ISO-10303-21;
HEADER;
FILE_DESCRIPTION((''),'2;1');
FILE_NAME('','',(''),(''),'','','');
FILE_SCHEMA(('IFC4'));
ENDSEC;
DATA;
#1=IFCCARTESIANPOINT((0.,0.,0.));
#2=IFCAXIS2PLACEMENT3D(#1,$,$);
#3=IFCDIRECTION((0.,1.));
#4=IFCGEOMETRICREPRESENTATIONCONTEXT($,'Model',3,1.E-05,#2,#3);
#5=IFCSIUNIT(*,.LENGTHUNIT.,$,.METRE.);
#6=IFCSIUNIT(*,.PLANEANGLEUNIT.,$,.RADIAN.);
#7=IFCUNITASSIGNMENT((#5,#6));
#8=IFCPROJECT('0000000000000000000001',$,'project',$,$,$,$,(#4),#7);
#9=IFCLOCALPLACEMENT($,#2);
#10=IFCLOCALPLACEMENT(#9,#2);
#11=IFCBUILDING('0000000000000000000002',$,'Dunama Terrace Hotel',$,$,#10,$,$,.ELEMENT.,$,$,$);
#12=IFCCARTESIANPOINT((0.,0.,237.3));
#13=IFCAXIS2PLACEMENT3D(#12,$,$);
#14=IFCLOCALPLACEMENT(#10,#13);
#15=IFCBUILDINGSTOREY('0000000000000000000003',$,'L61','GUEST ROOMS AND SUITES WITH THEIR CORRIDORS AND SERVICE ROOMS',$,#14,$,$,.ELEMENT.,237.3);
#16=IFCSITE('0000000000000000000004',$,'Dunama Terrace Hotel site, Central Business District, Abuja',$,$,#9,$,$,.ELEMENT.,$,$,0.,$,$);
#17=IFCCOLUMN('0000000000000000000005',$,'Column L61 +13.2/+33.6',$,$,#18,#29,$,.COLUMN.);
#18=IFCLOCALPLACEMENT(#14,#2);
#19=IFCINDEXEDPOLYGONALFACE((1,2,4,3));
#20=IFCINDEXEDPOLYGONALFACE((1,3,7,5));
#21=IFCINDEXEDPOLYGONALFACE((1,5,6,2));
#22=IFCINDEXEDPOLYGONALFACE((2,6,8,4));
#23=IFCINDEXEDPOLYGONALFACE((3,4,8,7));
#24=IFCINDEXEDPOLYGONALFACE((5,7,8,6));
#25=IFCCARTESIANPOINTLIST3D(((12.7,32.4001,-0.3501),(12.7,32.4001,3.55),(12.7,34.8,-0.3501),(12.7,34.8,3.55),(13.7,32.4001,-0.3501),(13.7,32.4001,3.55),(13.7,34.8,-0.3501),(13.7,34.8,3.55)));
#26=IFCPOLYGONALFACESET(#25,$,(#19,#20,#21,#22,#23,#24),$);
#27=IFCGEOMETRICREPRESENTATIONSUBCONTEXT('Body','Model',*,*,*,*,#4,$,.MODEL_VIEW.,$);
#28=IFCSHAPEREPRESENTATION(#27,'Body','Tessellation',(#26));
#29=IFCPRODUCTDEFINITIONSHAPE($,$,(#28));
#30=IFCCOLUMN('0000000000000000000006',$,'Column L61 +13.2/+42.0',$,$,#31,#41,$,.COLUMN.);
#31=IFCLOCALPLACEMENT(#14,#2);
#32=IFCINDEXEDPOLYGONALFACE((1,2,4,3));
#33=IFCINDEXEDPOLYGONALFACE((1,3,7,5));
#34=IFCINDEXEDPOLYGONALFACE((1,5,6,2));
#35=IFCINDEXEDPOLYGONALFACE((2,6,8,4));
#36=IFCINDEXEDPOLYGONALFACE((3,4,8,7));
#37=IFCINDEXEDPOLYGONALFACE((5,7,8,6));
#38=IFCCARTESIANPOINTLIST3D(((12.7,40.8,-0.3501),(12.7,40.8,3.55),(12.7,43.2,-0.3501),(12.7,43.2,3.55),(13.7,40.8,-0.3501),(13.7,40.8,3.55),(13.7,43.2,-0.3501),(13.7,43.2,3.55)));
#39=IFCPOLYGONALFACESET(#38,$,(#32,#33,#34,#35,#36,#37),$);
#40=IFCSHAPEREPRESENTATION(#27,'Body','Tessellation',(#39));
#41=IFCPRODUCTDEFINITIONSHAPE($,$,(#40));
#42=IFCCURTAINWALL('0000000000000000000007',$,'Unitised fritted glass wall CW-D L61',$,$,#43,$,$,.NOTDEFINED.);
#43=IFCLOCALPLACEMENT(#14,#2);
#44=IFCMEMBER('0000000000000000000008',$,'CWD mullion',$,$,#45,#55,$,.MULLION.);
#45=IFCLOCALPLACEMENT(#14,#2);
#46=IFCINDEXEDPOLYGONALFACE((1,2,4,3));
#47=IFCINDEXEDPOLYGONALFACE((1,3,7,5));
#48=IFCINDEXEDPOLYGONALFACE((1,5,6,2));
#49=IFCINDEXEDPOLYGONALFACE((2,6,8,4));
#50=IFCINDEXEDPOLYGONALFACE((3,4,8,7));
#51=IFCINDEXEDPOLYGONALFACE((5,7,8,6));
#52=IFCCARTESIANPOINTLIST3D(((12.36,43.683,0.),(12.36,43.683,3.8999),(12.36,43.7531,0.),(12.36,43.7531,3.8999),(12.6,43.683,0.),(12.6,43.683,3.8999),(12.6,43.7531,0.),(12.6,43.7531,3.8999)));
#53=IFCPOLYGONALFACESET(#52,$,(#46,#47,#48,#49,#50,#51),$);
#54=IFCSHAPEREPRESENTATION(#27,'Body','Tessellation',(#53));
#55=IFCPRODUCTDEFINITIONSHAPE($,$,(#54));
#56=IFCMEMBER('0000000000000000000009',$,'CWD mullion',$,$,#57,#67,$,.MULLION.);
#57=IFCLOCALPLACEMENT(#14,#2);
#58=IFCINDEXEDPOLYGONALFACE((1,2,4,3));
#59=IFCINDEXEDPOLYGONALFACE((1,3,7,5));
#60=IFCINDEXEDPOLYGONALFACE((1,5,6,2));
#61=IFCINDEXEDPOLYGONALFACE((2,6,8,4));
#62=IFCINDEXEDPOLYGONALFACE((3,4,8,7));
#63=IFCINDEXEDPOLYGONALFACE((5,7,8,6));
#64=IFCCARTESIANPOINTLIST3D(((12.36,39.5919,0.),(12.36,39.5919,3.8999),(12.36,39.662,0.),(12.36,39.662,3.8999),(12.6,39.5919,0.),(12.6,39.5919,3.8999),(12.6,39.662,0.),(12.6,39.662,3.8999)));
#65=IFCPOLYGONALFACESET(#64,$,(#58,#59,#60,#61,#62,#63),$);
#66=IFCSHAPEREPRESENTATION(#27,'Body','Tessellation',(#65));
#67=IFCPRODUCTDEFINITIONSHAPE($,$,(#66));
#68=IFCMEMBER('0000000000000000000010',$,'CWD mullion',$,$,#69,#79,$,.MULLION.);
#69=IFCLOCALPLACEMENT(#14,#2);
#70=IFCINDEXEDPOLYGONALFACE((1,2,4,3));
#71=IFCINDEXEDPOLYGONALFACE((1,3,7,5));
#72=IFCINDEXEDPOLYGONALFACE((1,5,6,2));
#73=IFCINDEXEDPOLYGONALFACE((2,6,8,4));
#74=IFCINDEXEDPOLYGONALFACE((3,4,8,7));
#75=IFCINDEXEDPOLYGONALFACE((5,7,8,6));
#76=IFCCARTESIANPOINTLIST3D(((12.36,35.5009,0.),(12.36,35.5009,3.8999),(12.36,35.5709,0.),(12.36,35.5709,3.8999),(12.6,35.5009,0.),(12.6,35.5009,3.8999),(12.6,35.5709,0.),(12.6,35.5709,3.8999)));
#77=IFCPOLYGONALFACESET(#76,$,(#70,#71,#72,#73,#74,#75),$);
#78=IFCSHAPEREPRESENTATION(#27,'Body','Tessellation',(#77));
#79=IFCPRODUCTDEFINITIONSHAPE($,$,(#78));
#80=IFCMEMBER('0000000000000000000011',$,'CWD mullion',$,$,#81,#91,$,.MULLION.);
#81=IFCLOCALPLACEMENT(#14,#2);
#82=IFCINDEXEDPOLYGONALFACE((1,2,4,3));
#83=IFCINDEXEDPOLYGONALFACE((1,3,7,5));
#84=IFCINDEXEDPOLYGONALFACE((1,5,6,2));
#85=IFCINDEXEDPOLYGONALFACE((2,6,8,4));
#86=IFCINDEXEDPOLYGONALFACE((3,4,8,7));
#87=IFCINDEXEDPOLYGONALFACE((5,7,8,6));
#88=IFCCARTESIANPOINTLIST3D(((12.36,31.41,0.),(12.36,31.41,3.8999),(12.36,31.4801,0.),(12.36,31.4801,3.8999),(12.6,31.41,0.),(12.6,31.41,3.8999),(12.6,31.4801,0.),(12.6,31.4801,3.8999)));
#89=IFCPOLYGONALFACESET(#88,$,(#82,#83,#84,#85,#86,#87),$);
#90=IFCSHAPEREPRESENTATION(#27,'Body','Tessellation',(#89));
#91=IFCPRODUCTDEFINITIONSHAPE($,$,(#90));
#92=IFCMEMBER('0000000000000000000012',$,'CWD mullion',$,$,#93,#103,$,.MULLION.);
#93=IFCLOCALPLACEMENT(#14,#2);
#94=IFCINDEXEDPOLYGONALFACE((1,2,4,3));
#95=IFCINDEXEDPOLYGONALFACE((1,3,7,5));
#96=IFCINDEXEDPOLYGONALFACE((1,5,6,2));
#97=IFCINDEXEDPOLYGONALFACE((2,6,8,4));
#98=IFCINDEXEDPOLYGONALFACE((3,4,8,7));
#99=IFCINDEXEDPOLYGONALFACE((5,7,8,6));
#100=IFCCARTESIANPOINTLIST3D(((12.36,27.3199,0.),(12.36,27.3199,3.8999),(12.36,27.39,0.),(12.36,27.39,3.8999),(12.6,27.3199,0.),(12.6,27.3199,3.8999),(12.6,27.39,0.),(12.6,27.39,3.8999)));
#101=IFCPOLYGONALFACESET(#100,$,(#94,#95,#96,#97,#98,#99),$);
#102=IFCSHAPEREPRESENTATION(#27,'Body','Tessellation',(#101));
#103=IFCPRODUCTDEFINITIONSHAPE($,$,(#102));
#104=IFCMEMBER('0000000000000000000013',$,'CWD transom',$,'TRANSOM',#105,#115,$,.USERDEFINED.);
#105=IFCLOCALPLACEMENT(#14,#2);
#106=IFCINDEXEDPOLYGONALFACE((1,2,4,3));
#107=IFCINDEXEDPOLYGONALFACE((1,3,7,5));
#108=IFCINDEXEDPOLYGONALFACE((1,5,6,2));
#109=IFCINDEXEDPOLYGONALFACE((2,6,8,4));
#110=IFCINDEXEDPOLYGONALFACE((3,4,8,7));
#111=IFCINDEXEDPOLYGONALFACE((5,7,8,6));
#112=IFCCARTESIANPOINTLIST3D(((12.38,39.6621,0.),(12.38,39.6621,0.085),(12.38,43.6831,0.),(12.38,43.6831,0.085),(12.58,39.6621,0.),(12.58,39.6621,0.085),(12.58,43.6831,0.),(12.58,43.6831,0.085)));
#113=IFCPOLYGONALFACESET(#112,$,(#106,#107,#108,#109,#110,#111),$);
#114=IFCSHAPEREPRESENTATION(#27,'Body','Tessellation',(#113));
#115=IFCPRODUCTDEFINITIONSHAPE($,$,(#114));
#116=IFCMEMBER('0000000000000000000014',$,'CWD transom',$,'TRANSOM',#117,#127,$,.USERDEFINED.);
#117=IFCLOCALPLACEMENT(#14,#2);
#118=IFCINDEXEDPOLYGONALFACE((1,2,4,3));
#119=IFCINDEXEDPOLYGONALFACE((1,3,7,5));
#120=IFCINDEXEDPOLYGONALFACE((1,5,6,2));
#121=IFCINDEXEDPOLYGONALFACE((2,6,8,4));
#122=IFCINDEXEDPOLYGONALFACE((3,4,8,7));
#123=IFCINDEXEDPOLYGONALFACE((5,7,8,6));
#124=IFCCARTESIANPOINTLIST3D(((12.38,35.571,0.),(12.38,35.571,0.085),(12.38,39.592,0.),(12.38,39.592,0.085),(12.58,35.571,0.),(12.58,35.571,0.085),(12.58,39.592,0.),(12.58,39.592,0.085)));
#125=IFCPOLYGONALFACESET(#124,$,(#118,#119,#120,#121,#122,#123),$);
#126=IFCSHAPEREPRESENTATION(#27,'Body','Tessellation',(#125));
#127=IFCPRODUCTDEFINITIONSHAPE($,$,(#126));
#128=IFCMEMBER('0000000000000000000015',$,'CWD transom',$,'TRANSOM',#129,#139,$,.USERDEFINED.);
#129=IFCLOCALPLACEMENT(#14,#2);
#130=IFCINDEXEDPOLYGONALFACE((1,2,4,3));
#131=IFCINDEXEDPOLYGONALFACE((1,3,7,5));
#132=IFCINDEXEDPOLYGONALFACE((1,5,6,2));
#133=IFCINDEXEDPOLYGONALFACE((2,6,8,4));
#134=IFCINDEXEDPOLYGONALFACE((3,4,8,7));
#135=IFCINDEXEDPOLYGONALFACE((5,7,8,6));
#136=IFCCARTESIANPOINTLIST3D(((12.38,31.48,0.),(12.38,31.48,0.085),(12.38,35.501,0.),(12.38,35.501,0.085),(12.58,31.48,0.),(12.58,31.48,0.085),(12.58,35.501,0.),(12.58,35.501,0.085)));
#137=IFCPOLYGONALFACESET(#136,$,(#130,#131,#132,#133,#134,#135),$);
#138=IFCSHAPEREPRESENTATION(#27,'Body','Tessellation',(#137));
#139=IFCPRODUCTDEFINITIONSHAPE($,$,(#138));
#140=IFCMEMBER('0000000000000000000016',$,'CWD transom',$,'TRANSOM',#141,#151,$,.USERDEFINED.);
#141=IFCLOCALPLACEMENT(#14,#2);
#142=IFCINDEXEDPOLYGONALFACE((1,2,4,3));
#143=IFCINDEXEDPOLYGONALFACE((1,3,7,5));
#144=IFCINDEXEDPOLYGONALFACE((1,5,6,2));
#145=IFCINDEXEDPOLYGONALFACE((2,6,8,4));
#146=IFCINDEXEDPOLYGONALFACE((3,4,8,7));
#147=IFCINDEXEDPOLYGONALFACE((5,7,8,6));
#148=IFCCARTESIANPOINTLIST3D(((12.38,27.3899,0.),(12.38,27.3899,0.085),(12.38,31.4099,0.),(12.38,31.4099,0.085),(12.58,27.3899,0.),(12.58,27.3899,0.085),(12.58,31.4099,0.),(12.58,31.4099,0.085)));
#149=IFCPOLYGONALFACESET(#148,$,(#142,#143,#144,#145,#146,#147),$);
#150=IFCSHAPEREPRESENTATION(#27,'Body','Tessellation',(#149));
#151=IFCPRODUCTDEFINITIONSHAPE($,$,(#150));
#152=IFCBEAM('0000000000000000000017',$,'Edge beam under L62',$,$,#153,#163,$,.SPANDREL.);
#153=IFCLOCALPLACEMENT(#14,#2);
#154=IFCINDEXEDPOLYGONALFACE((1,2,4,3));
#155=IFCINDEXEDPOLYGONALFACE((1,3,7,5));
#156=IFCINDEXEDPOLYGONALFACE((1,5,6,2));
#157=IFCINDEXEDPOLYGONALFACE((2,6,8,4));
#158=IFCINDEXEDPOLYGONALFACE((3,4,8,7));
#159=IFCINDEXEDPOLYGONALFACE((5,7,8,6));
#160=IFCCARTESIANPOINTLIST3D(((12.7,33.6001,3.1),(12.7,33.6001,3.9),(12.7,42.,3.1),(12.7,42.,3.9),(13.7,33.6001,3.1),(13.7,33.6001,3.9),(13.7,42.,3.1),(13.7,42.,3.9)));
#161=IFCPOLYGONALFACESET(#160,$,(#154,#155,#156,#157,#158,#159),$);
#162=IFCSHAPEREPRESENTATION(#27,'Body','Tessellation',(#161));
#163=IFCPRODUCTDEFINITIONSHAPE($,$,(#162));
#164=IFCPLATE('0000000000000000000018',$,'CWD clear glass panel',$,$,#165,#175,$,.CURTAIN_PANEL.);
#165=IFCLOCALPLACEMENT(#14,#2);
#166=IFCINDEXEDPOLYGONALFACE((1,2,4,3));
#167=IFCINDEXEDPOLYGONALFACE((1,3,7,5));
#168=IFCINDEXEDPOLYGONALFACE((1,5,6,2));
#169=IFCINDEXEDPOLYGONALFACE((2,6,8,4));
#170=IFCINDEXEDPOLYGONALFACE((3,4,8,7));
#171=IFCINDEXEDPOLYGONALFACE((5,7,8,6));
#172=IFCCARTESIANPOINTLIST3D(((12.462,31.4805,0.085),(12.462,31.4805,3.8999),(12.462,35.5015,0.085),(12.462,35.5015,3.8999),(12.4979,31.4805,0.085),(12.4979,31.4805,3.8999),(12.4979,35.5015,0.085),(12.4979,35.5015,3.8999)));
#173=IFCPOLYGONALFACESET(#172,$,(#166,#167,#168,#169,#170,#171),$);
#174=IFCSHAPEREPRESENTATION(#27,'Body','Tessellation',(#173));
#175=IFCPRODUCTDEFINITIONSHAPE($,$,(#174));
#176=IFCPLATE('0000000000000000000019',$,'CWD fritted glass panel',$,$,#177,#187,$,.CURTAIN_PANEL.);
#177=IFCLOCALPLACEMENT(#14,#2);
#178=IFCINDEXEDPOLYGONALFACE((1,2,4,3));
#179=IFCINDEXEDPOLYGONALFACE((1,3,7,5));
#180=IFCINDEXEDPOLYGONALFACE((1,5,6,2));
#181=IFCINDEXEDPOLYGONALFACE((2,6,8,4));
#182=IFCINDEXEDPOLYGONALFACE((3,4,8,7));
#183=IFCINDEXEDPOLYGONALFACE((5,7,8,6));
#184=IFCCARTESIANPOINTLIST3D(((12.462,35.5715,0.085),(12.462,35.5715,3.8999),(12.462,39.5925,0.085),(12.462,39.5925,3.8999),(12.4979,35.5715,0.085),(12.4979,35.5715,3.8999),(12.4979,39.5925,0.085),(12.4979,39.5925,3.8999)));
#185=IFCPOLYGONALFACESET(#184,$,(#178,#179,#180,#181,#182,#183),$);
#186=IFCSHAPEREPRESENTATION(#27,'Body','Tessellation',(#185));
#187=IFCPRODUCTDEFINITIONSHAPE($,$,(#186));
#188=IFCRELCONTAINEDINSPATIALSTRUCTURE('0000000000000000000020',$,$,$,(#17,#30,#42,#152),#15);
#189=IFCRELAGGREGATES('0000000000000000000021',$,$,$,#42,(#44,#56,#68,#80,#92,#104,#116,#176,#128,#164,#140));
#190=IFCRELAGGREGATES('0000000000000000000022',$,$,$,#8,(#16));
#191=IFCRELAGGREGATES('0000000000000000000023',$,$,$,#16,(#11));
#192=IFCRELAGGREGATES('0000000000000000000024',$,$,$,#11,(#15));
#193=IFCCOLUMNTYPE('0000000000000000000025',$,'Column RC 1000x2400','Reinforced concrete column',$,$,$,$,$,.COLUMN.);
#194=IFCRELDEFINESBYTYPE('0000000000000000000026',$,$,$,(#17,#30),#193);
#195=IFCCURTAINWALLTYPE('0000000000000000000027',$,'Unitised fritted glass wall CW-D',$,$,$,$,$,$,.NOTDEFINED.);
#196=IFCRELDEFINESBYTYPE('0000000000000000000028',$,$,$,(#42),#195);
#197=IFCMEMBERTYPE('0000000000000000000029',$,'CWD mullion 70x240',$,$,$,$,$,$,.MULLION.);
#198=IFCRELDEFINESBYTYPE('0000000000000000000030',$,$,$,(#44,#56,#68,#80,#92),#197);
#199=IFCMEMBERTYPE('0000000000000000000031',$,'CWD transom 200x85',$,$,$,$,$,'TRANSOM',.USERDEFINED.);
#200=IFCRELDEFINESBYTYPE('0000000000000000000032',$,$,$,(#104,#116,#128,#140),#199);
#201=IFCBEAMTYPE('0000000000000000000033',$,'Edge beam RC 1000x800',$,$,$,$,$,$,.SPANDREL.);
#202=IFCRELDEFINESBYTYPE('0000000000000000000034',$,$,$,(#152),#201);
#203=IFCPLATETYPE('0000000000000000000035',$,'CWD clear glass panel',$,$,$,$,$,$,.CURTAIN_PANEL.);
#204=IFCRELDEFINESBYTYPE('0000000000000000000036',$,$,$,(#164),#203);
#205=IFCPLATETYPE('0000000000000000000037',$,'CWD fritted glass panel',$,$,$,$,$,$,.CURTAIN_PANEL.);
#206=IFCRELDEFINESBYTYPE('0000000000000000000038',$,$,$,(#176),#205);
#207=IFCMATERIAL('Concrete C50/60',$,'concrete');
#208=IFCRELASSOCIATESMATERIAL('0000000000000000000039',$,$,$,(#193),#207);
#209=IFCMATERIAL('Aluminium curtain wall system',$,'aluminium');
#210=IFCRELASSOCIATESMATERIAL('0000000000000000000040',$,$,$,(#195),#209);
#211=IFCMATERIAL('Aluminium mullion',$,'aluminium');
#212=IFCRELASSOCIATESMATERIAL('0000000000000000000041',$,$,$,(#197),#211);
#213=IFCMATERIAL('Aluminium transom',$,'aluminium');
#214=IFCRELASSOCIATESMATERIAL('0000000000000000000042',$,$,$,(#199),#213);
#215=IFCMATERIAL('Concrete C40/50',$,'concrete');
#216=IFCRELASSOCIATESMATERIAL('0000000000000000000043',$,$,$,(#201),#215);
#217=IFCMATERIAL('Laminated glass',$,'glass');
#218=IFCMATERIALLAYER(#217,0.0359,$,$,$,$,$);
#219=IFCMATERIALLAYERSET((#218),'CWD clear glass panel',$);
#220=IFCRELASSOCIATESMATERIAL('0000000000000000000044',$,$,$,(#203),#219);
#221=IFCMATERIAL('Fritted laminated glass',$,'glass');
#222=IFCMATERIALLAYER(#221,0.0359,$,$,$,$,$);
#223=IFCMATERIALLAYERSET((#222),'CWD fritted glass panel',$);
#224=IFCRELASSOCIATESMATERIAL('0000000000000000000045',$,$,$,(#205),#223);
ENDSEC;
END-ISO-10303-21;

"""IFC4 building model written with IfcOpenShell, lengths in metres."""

from ifc_helpers import new_model, si_unit, direction, frame, origin, origin_2d, place, context, subcontext, project, spatial, rectangle, extrude, material, layer, layer_set, material_profile, profile_set, type_object, element, aggregate, save


model = new_model("IFC4")

# Units and contexts
model_context = context("Model", 3, precision=1e-05, world=origin(), true_north=direction((0.0, 1.0)))
body_context = subcontext(model_context, "Body", "Model", "MODEL_VIEW")
ifc_project = project(units=[si_unit("LENGTHUNIT", "METRE"), si_unit("PLANEANGLEUNIT", "RADIAN")], contexts=[model_context])

# Site, building, storey
site_placement = place(None, origin())
site = spatial("IfcSite", under=ifc_project, at=site_placement, Name="Dunama Terrace Hotel site, Central Business District, Abuja", CompositionType="ELEMENT", RefElevation=0.0)
building_placement = place(site_placement, origin())
building = spatial("IfcBuilding", under=site, at=building_placement, Name="Dunama Terrace Hotel", CompositionType="ELEMENT")
storey_placement = place(building_placement, frame((0.0, 0.0, 237.3)))
storey = spatial("IfcBuildingStorey", under=building, at=storey_placement, Name="L61", Description="GUEST ROOMS AND SUITES WITH THEIR CORRIDORS AND SERVICE ROOMS", CompositionType="ELEMENT", Elevation=237.3)

# Columns
ifc_material_1 = material(Name="Concrete C50/60", Category="concrete")
ifc_material_profile_1 = material_profile(ifc_material_1, rectangle(XDim=1.0, YDim=2.3999, at=origin_2d()), Name="RC 1000x2400")
ifc_profile_set_1 = profile_set([ifc_material_profile_1], Name="Concrete C50/60")
column_type = type_object("IfcColumnType", Name="Column RC 1000x2400", Description="Reinforced concrete column", PredefinedType="COLUMN", material=ifc_profile_set_1)
for number, where, z_axis, x_axis, name in (
    (1, (13.2, 33.6001, -0.3501), (0.0, 0.0, 1.0), (1.0, 0.0, 0.0), "Column L61 +13.2/+33.6"),
    (2, (13.2, 42.0, -0.3501), (0.0, 0.0, 1.0), (1.0, 0.0, 0.0), "Column L61 +13.2/+42.0"),
):
    element("IfcColumn", number, at=place(storey_placement, frame(where, z_axis=z_axis, x_axis=x_axis)), inside=storey, type_object=column_type, Name=name, PredefinedType="COLUMN", context=body_context, shape_type="SweptSolid", body=[
        extrude(rectangle(XDim=1.0, YDim=2.3999, at=origin_2d()), origin(), (0.0, 0.0, 1.0), 3.9001),
    ])

# Curtain wall, members
ifc_material_2 = material(Name="Aluminium curtain wall system", Category="aluminium")
curtain_wall_type = type_object("IfcCurtainWallType", Name="Unitised fritted glass wall CW-D", PredefinedType="NOTDEFINED", material=ifc_material_2)
curtain_wall_placement = place(storey_placement, origin())
curtain_wall = element("IfcCurtainWall", 3, at=curtain_wall_placement, inside=storey, type_object=curtain_wall_type, Name="Unitised fritted glass wall CW-D L61", PredefinedType="NOTDEFINED")
ifc_material_3 = material(Name="Aluminium mullion", Category="aluminium")
ifc_material_profile_2 = material_profile(ifc_material_3, rectangle(XDim=0.0701, YDim=0.24, at=origin_2d()), Name="CWD MULLION 70X240")
ifc_profile_set_2 = profile_set([ifc_material_profile_2], Name="Aluminium mullion")
member_type_1 = type_object("IfcMemberType", Name="CWD mullion 70x240", PredefinedType="MULLION", material=ifc_profile_set_2)
member_1_placement = place(storey_placement, frame((12.48, 43.718, 0.0), z_axis=(0.0, 0.0, 1.0), x_axis=(0.0, -1.0, 0.0)))
member_1 = element("IfcMember", 4, at=member_1_placement, type_object=member_type_1, Name="CWD mullion", PredefinedType="MULLION", context=body_context, shape_type="SweptSolid", body=[
    extrude(rectangle(XDim=0.0701, YDim=0.24, at=origin_2d()), origin(), (0.0, 0.0, 1.0), 3.8999),
])
member_2_placement = place(storey_placement, frame((12.48, 39.627, 0.0), z_axis=(0.0, 0.0, 1.0), x_axis=(0.0, -1.0, 0.0)))
member_2 = element("IfcMember", 5, at=member_2_placement, type_object=member_type_1, Name="CWD mullion", PredefinedType="MULLION", context=body_context, shape_type="SweptSolid", body=[
    extrude(rectangle(XDim=0.0701, YDim=0.24, at=origin_2d()), origin(), (0.0, 0.0, 1.0), 3.8999),
])
member_3_placement = place(storey_placement, frame((12.48, 35.5359, 0.0), z_axis=(0.0, 0.0, 1.0), x_axis=(0.0, -1.0, 0.0)))
member_3 = element("IfcMember", 6, at=member_3_placement, type_object=member_type_1, Name="CWD mullion", PredefinedType="MULLION", context=body_context, shape_type="SweptSolid", body=[
    extrude(rectangle(XDim=0.0701, YDim=0.24, at=origin_2d()), origin(), (0.0, 0.0, 1.0), 3.8999),
])
member_4_placement = place(storey_placement, frame((12.48, 31.4451, 0.0), z_axis=(0.0, 0.0, 1.0), x_axis=(0.0, -1.0, 0.0)))
member_4 = element("IfcMember", 7, at=member_4_placement, type_object=member_type_1, Name="CWD mullion", PredefinedType="MULLION", context=body_context, shape_type="SweptSolid", body=[
    extrude(rectangle(XDim=0.0701, YDim=0.24, at=origin_2d()), origin(), (0.0, 0.0, 1.0), 3.8999),
])
member_5_placement = place(storey_placement, frame((12.48, 27.355, 0.0), z_axis=(0.0, 0.0, 1.0), x_axis=(0.0, -1.0, 0.0)))
member_5 = element("IfcMember", 8, at=member_5_placement, type_object=member_type_1, Name="CWD mullion", PredefinedType="MULLION", context=body_context, shape_type="SweptSolid", body=[
    extrude(rectangle(XDim=0.0701, YDim=0.24, at=origin_2d()), origin(), (0.0, 0.0, 1.0), 3.8999),
])
ifc_material_4 = material(Name="Aluminium transom", Category="aluminium")
ifc_material_profile_3 = material_profile(ifc_material_4, rectangle(XDim=0.2, YDim=0.085, at=origin_2d()), Name="CWD TRANSOM 200X85")
ifc_profile_set_3 = profile_set([ifc_material_profile_3], Name="Aluminium transom")
member_type_2 = type_object("IfcMemberType", Name="CWD transom 200x85", ElementType="TRANSOM", PredefinedType="USERDEFINED", material=ifc_profile_set_3)
member_6_placement = place(storey_placement, frame((12.48, 43.6831, 0.0425), z_axis=(0.0, -1.0, 0.0), x_axis=(1.0, 0.0, 0.0)))
member_6 = element("IfcMember", 9, at=member_6_placement, type_object=member_type_2, Name="CWD transom", ObjectType="TRANSOM", PredefinedType="USERDEFINED", context=body_context, shape_type="SweptSolid", body=[
    extrude(rectangle(XDim=0.2, YDim=0.085, at=origin_2d()), origin(), (0.0, 0.0, 1.0), 4.021),
])
member_7_placement = place(storey_placement, frame((12.48, 39.592, 0.0425), z_axis=(0.0, -1.0, 0.0), x_axis=(1.0, 0.0, 0.0)))
member_7 = element("IfcMember", 10, at=member_7_placement, type_object=member_type_2, Name="CWD transom", ObjectType="TRANSOM", PredefinedType="USERDEFINED", context=body_context, shape_type="SweptSolid", body=[
    extrude(rectangle(XDim=0.2, YDim=0.085, at=origin_2d()), origin(), (0.0, 0.0, 1.0), 4.021),
])
member_8_placement = place(storey_placement, frame((12.48, 35.501, 0.0425), z_axis=(0.0, -1.0, 0.0), x_axis=(1.0, 0.0, 0.0)))
member_8 = element("IfcMember", 11, at=member_8_placement, type_object=member_type_2, Name="CWD transom", ObjectType="TRANSOM", PredefinedType="USERDEFINED", context=body_context, shape_type="SweptSolid", body=[
    extrude(rectangle(XDim=0.2, YDim=0.085, at=origin_2d()), origin(), (0.0, 0.0, 1.0), 4.021),
])
member_9_placement = place(storey_placement, frame((12.48, 31.4099, 0.0425), z_axis=(0.0, -1.0, 0.0), x_axis=(1.0, 0.0, 0.0)))
member_9 = element("IfcMember", 12, at=member_9_placement, type_object=member_type_2, Name="CWD transom", ObjectType="TRANSOM", PredefinedType="USERDEFINED", context=body_context, shape_type="SweptSolid", body=[
    extrude(rectangle(XDim=0.2, YDim=0.085, at=origin_2d()), origin(), (0.0, 0.0, 1.0), 4.02),
])

# Beam
ifc_material_5 = material(Name="Concrete C40/50", Category="concrete")
ifc_material_profile_4 = material_profile(ifc_material_5, rectangle(XDim=1.0, YDim=0.8, at=origin_2d()), Name="RC 1000x800")
ifc_profile_set_4 = profile_set([ifc_material_profile_4], Name="Concrete C40/50")
beam_type = type_object("IfcBeamType", Name="Edge beam RC 1000x800", PredefinedType="SPANDREL", material=ifc_profile_set_4)
beam_placement = place(storey_placement, frame((13.2, 33.6001, 3.5), z_axis=(0.0, 1.0, 0.0), x_axis=(-1.0, 0.0, 0.0)))
element("IfcBeam", 13, at=beam_placement, inside=storey, type_object=beam_type, Name="Edge beam under L62", PredefinedType="SPANDREL", context=body_context, shape_type="SweptSolid", body=[
    extrude(rectangle(XDim=1.0, YDim=0.8, at=origin_2d()), origin(), (0.0, 0.0, 1.0), 8.3999),
])

# Plates
ifc_material_6 = material(Name="Laminated glass", Category="glass")
ifc_layer_1 = layer(ifc_material_6, 0.0359)
ifc_layer_set_1 = layer_set([ifc_layer_1], Name="CWD clear glass panel")
plate_type_1 = type_object("IfcPlateType", Name="CWD clear glass panel", PredefinedType="CURTAIN_PANEL", material=ifc_layer_set_1)
plate_1_placement = place(storey_placement, frame((12.48, 33.491, 0.085), z_axis=(0.0, 0.0, 1.0), x_axis=(0.0, -1.0, 0.0)))
plate_1 = element("IfcPlate", 14, at=plate_1_placement, type_object=plate_type_1, Name="CWD clear glass panel", PredefinedType="CURTAIN_PANEL", context=body_context, shape_type="SweptSolid", body=[
    extrude(rectangle(XDim=4.021, YDim=0.0359, at=origin_2d()), origin(), (0.0, 0.0, 1.0), 3.8149),
])
ifc_material_7 = material(Name="Fritted laminated glass", Category="glass")
ifc_layer_2 = layer(ifc_material_7, 0.0359)
ifc_layer_set_2 = layer_set([ifc_layer_2], Name="CWD fritted glass panel")
plate_type_2 = type_object("IfcPlateType", Name="CWD fritted glass panel", PredefinedType="CURTAIN_PANEL", material=ifc_layer_set_2)
plate_2_placement = place(storey_placement, frame((12.48, 37.582, 0.085), z_axis=(0.0, 0.0, 1.0), x_axis=(0.0, -1.0, 0.0)))
plate_2 = element("IfcPlate", 15, at=plate_2_placement, type_object=plate_type_2, Name="CWD fritted glass panel", PredefinedType="CURTAIN_PANEL", context=body_context, shape_type="SweptSolid", body=[
    extrude(rectangle(XDim=4.021, YDim=0.0359, at=origin_2d()), origin(), (0.0, 0.0, 1.0), 3.8149),
])
aggregate(curtain_wall, [member_1, member_2, member_3, member_4, member_5, member_6, member_7, plate_2, member_8, plate_1, member_9])

save(model, "model.ifc")
